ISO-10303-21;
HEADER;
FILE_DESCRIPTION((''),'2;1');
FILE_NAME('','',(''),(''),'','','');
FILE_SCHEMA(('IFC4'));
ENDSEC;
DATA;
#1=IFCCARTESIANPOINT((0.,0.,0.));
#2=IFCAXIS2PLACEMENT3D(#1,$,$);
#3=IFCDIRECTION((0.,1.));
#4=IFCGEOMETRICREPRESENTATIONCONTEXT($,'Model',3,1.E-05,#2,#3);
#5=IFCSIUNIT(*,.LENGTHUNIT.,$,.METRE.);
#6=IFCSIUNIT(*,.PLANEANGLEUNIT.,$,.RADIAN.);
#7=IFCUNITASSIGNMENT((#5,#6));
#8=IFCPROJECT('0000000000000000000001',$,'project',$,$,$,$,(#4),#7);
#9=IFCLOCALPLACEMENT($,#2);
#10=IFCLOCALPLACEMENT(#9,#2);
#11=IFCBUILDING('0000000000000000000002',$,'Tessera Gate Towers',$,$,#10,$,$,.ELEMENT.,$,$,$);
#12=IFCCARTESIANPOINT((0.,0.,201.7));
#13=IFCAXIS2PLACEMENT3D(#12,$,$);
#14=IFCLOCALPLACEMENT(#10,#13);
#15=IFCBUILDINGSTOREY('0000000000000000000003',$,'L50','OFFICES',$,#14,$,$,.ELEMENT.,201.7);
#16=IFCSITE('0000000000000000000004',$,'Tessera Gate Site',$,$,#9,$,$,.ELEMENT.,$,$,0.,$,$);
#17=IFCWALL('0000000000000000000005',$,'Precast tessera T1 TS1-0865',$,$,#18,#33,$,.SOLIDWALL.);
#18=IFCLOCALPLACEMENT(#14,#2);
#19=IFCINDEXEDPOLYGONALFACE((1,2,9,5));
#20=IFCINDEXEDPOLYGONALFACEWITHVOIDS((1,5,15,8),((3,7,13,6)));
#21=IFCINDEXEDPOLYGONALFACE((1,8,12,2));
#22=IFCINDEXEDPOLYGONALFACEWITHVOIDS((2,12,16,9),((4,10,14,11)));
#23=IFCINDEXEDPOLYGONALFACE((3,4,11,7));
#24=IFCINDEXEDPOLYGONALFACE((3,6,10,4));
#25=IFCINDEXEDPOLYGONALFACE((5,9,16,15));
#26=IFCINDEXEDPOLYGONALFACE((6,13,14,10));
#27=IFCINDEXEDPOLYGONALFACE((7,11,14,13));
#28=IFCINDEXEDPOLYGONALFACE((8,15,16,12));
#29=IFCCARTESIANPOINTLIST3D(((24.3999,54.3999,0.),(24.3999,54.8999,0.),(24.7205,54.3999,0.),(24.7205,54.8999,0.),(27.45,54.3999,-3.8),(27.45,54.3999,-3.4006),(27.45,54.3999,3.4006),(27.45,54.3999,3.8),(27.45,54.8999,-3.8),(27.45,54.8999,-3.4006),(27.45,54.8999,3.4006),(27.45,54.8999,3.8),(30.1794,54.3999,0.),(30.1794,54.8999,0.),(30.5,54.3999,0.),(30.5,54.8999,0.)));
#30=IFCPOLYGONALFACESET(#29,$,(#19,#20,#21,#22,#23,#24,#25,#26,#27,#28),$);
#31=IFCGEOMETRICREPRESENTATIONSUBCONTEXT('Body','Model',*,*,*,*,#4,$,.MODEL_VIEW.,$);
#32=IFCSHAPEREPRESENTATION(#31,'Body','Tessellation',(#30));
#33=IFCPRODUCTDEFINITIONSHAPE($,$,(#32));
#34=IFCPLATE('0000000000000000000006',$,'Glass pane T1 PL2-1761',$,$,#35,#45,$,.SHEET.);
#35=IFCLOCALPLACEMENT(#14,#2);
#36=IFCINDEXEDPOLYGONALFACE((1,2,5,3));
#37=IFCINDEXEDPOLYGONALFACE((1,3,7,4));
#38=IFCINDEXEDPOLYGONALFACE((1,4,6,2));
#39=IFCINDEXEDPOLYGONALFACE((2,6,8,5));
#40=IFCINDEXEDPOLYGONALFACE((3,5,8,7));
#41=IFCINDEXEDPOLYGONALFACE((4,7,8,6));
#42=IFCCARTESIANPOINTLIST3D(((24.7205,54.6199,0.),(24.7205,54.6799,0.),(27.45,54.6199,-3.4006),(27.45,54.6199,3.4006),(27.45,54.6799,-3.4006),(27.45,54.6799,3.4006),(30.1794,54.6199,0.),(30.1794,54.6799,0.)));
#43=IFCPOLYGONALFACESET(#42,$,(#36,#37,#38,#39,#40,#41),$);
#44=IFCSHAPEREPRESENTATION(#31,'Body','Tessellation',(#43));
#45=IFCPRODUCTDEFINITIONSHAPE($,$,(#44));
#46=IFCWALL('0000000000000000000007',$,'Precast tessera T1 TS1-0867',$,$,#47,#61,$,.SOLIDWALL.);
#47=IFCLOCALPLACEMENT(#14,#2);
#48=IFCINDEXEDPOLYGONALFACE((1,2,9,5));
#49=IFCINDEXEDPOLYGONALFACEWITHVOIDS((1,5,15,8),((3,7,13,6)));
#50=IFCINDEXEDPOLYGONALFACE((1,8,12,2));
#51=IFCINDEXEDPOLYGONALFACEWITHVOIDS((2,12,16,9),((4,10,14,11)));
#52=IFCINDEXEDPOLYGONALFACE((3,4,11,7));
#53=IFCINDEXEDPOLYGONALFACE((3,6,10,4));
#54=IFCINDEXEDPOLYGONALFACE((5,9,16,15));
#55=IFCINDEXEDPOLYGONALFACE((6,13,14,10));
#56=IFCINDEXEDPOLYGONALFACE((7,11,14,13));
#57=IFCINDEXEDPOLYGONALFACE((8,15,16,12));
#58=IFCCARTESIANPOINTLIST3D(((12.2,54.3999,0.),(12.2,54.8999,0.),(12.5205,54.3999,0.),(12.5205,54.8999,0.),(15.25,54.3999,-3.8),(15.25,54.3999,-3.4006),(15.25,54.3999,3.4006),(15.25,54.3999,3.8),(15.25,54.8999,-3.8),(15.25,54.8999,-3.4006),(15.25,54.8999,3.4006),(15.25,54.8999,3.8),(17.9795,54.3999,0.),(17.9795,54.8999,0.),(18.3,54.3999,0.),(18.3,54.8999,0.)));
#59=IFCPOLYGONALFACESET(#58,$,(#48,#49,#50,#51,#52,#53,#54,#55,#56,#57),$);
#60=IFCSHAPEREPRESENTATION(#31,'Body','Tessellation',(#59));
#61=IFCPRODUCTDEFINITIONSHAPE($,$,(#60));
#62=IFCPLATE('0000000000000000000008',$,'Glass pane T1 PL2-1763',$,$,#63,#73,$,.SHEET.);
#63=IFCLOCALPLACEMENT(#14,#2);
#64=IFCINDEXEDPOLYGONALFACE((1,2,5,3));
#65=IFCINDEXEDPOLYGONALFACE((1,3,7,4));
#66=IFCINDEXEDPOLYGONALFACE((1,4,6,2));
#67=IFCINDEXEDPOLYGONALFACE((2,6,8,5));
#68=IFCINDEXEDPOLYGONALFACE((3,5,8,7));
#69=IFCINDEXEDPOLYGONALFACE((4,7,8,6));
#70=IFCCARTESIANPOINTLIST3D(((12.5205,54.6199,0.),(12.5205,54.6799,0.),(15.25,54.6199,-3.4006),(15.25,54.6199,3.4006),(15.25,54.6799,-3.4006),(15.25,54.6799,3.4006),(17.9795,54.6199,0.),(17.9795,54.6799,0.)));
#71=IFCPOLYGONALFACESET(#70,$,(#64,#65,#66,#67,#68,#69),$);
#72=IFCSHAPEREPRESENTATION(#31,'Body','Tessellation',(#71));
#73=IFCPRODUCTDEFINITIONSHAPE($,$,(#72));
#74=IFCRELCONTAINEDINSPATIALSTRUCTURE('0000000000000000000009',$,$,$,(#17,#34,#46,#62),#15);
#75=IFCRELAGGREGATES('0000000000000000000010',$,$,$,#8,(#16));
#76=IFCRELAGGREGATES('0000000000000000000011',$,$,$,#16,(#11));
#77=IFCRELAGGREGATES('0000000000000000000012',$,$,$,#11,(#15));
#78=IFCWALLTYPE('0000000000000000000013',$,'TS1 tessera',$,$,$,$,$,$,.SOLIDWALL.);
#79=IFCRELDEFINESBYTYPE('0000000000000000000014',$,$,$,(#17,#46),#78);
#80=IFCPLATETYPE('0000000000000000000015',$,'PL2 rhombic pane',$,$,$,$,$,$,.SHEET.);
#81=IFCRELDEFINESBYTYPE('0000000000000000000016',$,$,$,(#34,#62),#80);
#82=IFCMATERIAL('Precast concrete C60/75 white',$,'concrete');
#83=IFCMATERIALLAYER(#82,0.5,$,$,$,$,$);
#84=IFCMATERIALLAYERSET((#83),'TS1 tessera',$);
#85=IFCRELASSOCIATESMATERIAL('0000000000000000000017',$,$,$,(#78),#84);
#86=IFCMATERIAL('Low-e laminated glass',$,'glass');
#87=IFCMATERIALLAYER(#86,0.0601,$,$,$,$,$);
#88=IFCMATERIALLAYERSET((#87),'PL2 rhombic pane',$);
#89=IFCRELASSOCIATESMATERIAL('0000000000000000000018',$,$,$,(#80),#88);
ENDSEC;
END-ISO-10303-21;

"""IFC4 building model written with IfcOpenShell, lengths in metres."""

from ifc_helpers import new_model, si_unit, direction, frame, origin, place, context, subcontext, project, spatial, polyline, outline, extrude, source, transform, mapped, material, layer, layer_set, type_object, element, fill, save


model = new_model("IFC4")

# Units and contexts
model_context = context("Model", 3, precision=1e-05, world=origin(), true_north=direction((0.0, 1.0)))
body_context = subcontext(model_context, "Body", "Model", "MODEL_VIEW")
ifc_project = project(units=[si_unit("LENGTHUNIT", "METRE"), si_unit("PLANEANGLEUNIT", "RADIAN")], contexts=[model_context])

# Site, building, storey
site_placement = place(None, origin())
site = spatial("IfcSite", under=ifc_project, at=site_placement, Name="Tessera Gate Site", CompositionType="ELEMENT", RefElevation=0.0)
building_placement = place(site_placement, origin())
building = spatial("IfcBuilding", under=site, at=building_placement, Name="Tessera Gate Towers", CompositionType="ELEMENT")
storey_placement = place(building_placement, frame((0.0, 0.0, 201.7)))
storey = spatial("IfcBuildingStorey", under=building, at=storey_placement, Name="L50", Description="OFFICES", CompositionType="ELEMENT", Elevation=201.7)

# Walls, openings, plates
ifc_material_1 = material(Name="Precast concrete C60/75 white", Category="concrete")
ifc_layer_1 = layer(ifc_material_1, 0.5)
ifc_layer_set_1 = layer_set([ifc_layer_1], Name="TS1 tessera")
wall_type_1 = type_object("IfcWallType", Name="TS1 tessera", PredefinedType="SOLIDWALL", material=ifc_layer_set_1)
shared_shape_1 = source(origin(), body_context, "Body", "SweptSolid", [
    extrude(outline(polyline([(3.05, 0.0), (6.1001, 3.8), (3.05, 7.6001), (0.0, 3.8), (3.05, 0.0)])), frame((0.0, 0.25, 0.0), z_axis=(0.0, -1.0, 0.0), x_axis=(1.0, 0.0, 0.0)), (0.0, 0.0, 1.0), 0.5),
])
wall_1_placement = place(storey_placement, frame((30.5, 54.6499, -3.8), z_axis=(0.0, 0.0, 1.0), x_axis=(-1.0, 0.0, 0.0)))
wall_1 = element("IfcWall", 1, at=wall_1_placement, inside=storey, type_object=wall_type_1, Name="Precast tessera T1 TS1-0865", PredefinedType="SOLIDWALL", context=body_context, shape_type="MappedRepresentation", body=[
    mapped(shared_shape_1, transform((0.0, 0.0, 0.0), scale=1.0)),
])
shared_shape_2 = source(origin(), body_context, "Body", "SweptSolid", [
    extrude(outline(polyline([(3.05, 0.3994), (5.7795, 3.8), (3.05, 7.2007), (0.3206, 3.8), (3.05, 0.3994)])), frame((0.0, 0.26, 0.0), z_axis=(0.0, -1.0, 0.0), x_axis=(1.0, 0.0, 0.0)), (0.0, 0.0, 1.0), 0.52),
])
opening_1_placement = place(wall_1_placement, origin())
opening_1 = element("IfcOpeningElement", 2, at=opening_1_placement, cuts=wall_1, PredefinedType="OPENING", context=body_context, shape_type="MappedRepresentation", body=[
    mapped(shared_shape_2, transform((0.0, 0.0, 0.0), scale=1.0)),
])
ifc_material_2 = material(Name="Low-e laminated glass", Category="glass")
ifc_layer_2 = layer(ifc_material_2, 0.0601)
ifc_layer_set_2 = layer_set([ifc_layer_2], Name="PL2 rhombic pane")
plate_type = type_object("IfcPlateType", Name="PL2 rhombic pane", PredefinedType="SHEET", material=ifc_layer_set_2)
shared_shape_3 = source(origin(), body_context, "Body", "SweptSolid", [
    extrude(outline(polyline([(3.05, 0.3994), (5.7795, 3.8), (3.05, 7.2007), (0.3206, 3.8), (3.05, 0.3994)])), frame((0.0, 0.03, 0.0), z_axis=(0.0, -1.0, 0.0), x_axis=(1.0, 0.0, 0.0)), (0.0, 0.0, 1.0), 0.0601),
])
plate_1_placement = place(opening_1_placement, origin())
plate_1 = element("IfcPlate", 3, at=plate_1_placement, inside=storey, type_object=plate_type, Name="Glass pane T1 PL2-1761", PredefinedType="SHEET", context=body_context, shape_type="MappedRepresentation", body=[
    mapped(shared_shape_3, transform((0.0, 0.0, 0.0), scale=1.0)),
])
fill(opening_1, plate_1)
wall_2_placement = place(storey_placement, frame((18.3, 54.6499, -3.8), z_axis=(0.0, 0.0, 1.0), x_axis=(-1.0, 0.0, 0.0)))
wall_2 = element("IfcWall", 4, at=wall_2_placement, inside=storey, type_object=wall_type_1, Name="Precast tessera T1 TS1-0867", PredefinedType="SOLIDWALL", context=body_context, shape_type="MappedRepresentation", body=[
    mapped(shared_shape_1, transform((0.0, 0.0, 0.0), scale=1.0)),
])
opening_2_placement = place(wall_2_placement, origin())
opening_2 = element("IfcOpeningElement", 5, at=opening_2_placement, cuts=wall_2, PredefinedType="OPENING", context=body_context, shape_type="MappedRepresentation", body=[
    mapped(shared_shape_2, transform((0.0, 0.0, 0.0), scale=1.0)),
])
plate_2_placement = place(opening_2_placement, origin())
plate_2 = element("IfcPlate", 6, at=plate_2_placement, inside=storey, type_object=plate_type, Name="Glass pane T1 PL2-1763", PredefinedType="SHEET", context=body_context, shape_type="MappedRepresentation", body=[
    mapped(shared_shape_3, transform((0.0, 0.0, 0.0), scale=1.0)),
])
fill(opening_2, plate_2)

save(model, "model.ifc")
